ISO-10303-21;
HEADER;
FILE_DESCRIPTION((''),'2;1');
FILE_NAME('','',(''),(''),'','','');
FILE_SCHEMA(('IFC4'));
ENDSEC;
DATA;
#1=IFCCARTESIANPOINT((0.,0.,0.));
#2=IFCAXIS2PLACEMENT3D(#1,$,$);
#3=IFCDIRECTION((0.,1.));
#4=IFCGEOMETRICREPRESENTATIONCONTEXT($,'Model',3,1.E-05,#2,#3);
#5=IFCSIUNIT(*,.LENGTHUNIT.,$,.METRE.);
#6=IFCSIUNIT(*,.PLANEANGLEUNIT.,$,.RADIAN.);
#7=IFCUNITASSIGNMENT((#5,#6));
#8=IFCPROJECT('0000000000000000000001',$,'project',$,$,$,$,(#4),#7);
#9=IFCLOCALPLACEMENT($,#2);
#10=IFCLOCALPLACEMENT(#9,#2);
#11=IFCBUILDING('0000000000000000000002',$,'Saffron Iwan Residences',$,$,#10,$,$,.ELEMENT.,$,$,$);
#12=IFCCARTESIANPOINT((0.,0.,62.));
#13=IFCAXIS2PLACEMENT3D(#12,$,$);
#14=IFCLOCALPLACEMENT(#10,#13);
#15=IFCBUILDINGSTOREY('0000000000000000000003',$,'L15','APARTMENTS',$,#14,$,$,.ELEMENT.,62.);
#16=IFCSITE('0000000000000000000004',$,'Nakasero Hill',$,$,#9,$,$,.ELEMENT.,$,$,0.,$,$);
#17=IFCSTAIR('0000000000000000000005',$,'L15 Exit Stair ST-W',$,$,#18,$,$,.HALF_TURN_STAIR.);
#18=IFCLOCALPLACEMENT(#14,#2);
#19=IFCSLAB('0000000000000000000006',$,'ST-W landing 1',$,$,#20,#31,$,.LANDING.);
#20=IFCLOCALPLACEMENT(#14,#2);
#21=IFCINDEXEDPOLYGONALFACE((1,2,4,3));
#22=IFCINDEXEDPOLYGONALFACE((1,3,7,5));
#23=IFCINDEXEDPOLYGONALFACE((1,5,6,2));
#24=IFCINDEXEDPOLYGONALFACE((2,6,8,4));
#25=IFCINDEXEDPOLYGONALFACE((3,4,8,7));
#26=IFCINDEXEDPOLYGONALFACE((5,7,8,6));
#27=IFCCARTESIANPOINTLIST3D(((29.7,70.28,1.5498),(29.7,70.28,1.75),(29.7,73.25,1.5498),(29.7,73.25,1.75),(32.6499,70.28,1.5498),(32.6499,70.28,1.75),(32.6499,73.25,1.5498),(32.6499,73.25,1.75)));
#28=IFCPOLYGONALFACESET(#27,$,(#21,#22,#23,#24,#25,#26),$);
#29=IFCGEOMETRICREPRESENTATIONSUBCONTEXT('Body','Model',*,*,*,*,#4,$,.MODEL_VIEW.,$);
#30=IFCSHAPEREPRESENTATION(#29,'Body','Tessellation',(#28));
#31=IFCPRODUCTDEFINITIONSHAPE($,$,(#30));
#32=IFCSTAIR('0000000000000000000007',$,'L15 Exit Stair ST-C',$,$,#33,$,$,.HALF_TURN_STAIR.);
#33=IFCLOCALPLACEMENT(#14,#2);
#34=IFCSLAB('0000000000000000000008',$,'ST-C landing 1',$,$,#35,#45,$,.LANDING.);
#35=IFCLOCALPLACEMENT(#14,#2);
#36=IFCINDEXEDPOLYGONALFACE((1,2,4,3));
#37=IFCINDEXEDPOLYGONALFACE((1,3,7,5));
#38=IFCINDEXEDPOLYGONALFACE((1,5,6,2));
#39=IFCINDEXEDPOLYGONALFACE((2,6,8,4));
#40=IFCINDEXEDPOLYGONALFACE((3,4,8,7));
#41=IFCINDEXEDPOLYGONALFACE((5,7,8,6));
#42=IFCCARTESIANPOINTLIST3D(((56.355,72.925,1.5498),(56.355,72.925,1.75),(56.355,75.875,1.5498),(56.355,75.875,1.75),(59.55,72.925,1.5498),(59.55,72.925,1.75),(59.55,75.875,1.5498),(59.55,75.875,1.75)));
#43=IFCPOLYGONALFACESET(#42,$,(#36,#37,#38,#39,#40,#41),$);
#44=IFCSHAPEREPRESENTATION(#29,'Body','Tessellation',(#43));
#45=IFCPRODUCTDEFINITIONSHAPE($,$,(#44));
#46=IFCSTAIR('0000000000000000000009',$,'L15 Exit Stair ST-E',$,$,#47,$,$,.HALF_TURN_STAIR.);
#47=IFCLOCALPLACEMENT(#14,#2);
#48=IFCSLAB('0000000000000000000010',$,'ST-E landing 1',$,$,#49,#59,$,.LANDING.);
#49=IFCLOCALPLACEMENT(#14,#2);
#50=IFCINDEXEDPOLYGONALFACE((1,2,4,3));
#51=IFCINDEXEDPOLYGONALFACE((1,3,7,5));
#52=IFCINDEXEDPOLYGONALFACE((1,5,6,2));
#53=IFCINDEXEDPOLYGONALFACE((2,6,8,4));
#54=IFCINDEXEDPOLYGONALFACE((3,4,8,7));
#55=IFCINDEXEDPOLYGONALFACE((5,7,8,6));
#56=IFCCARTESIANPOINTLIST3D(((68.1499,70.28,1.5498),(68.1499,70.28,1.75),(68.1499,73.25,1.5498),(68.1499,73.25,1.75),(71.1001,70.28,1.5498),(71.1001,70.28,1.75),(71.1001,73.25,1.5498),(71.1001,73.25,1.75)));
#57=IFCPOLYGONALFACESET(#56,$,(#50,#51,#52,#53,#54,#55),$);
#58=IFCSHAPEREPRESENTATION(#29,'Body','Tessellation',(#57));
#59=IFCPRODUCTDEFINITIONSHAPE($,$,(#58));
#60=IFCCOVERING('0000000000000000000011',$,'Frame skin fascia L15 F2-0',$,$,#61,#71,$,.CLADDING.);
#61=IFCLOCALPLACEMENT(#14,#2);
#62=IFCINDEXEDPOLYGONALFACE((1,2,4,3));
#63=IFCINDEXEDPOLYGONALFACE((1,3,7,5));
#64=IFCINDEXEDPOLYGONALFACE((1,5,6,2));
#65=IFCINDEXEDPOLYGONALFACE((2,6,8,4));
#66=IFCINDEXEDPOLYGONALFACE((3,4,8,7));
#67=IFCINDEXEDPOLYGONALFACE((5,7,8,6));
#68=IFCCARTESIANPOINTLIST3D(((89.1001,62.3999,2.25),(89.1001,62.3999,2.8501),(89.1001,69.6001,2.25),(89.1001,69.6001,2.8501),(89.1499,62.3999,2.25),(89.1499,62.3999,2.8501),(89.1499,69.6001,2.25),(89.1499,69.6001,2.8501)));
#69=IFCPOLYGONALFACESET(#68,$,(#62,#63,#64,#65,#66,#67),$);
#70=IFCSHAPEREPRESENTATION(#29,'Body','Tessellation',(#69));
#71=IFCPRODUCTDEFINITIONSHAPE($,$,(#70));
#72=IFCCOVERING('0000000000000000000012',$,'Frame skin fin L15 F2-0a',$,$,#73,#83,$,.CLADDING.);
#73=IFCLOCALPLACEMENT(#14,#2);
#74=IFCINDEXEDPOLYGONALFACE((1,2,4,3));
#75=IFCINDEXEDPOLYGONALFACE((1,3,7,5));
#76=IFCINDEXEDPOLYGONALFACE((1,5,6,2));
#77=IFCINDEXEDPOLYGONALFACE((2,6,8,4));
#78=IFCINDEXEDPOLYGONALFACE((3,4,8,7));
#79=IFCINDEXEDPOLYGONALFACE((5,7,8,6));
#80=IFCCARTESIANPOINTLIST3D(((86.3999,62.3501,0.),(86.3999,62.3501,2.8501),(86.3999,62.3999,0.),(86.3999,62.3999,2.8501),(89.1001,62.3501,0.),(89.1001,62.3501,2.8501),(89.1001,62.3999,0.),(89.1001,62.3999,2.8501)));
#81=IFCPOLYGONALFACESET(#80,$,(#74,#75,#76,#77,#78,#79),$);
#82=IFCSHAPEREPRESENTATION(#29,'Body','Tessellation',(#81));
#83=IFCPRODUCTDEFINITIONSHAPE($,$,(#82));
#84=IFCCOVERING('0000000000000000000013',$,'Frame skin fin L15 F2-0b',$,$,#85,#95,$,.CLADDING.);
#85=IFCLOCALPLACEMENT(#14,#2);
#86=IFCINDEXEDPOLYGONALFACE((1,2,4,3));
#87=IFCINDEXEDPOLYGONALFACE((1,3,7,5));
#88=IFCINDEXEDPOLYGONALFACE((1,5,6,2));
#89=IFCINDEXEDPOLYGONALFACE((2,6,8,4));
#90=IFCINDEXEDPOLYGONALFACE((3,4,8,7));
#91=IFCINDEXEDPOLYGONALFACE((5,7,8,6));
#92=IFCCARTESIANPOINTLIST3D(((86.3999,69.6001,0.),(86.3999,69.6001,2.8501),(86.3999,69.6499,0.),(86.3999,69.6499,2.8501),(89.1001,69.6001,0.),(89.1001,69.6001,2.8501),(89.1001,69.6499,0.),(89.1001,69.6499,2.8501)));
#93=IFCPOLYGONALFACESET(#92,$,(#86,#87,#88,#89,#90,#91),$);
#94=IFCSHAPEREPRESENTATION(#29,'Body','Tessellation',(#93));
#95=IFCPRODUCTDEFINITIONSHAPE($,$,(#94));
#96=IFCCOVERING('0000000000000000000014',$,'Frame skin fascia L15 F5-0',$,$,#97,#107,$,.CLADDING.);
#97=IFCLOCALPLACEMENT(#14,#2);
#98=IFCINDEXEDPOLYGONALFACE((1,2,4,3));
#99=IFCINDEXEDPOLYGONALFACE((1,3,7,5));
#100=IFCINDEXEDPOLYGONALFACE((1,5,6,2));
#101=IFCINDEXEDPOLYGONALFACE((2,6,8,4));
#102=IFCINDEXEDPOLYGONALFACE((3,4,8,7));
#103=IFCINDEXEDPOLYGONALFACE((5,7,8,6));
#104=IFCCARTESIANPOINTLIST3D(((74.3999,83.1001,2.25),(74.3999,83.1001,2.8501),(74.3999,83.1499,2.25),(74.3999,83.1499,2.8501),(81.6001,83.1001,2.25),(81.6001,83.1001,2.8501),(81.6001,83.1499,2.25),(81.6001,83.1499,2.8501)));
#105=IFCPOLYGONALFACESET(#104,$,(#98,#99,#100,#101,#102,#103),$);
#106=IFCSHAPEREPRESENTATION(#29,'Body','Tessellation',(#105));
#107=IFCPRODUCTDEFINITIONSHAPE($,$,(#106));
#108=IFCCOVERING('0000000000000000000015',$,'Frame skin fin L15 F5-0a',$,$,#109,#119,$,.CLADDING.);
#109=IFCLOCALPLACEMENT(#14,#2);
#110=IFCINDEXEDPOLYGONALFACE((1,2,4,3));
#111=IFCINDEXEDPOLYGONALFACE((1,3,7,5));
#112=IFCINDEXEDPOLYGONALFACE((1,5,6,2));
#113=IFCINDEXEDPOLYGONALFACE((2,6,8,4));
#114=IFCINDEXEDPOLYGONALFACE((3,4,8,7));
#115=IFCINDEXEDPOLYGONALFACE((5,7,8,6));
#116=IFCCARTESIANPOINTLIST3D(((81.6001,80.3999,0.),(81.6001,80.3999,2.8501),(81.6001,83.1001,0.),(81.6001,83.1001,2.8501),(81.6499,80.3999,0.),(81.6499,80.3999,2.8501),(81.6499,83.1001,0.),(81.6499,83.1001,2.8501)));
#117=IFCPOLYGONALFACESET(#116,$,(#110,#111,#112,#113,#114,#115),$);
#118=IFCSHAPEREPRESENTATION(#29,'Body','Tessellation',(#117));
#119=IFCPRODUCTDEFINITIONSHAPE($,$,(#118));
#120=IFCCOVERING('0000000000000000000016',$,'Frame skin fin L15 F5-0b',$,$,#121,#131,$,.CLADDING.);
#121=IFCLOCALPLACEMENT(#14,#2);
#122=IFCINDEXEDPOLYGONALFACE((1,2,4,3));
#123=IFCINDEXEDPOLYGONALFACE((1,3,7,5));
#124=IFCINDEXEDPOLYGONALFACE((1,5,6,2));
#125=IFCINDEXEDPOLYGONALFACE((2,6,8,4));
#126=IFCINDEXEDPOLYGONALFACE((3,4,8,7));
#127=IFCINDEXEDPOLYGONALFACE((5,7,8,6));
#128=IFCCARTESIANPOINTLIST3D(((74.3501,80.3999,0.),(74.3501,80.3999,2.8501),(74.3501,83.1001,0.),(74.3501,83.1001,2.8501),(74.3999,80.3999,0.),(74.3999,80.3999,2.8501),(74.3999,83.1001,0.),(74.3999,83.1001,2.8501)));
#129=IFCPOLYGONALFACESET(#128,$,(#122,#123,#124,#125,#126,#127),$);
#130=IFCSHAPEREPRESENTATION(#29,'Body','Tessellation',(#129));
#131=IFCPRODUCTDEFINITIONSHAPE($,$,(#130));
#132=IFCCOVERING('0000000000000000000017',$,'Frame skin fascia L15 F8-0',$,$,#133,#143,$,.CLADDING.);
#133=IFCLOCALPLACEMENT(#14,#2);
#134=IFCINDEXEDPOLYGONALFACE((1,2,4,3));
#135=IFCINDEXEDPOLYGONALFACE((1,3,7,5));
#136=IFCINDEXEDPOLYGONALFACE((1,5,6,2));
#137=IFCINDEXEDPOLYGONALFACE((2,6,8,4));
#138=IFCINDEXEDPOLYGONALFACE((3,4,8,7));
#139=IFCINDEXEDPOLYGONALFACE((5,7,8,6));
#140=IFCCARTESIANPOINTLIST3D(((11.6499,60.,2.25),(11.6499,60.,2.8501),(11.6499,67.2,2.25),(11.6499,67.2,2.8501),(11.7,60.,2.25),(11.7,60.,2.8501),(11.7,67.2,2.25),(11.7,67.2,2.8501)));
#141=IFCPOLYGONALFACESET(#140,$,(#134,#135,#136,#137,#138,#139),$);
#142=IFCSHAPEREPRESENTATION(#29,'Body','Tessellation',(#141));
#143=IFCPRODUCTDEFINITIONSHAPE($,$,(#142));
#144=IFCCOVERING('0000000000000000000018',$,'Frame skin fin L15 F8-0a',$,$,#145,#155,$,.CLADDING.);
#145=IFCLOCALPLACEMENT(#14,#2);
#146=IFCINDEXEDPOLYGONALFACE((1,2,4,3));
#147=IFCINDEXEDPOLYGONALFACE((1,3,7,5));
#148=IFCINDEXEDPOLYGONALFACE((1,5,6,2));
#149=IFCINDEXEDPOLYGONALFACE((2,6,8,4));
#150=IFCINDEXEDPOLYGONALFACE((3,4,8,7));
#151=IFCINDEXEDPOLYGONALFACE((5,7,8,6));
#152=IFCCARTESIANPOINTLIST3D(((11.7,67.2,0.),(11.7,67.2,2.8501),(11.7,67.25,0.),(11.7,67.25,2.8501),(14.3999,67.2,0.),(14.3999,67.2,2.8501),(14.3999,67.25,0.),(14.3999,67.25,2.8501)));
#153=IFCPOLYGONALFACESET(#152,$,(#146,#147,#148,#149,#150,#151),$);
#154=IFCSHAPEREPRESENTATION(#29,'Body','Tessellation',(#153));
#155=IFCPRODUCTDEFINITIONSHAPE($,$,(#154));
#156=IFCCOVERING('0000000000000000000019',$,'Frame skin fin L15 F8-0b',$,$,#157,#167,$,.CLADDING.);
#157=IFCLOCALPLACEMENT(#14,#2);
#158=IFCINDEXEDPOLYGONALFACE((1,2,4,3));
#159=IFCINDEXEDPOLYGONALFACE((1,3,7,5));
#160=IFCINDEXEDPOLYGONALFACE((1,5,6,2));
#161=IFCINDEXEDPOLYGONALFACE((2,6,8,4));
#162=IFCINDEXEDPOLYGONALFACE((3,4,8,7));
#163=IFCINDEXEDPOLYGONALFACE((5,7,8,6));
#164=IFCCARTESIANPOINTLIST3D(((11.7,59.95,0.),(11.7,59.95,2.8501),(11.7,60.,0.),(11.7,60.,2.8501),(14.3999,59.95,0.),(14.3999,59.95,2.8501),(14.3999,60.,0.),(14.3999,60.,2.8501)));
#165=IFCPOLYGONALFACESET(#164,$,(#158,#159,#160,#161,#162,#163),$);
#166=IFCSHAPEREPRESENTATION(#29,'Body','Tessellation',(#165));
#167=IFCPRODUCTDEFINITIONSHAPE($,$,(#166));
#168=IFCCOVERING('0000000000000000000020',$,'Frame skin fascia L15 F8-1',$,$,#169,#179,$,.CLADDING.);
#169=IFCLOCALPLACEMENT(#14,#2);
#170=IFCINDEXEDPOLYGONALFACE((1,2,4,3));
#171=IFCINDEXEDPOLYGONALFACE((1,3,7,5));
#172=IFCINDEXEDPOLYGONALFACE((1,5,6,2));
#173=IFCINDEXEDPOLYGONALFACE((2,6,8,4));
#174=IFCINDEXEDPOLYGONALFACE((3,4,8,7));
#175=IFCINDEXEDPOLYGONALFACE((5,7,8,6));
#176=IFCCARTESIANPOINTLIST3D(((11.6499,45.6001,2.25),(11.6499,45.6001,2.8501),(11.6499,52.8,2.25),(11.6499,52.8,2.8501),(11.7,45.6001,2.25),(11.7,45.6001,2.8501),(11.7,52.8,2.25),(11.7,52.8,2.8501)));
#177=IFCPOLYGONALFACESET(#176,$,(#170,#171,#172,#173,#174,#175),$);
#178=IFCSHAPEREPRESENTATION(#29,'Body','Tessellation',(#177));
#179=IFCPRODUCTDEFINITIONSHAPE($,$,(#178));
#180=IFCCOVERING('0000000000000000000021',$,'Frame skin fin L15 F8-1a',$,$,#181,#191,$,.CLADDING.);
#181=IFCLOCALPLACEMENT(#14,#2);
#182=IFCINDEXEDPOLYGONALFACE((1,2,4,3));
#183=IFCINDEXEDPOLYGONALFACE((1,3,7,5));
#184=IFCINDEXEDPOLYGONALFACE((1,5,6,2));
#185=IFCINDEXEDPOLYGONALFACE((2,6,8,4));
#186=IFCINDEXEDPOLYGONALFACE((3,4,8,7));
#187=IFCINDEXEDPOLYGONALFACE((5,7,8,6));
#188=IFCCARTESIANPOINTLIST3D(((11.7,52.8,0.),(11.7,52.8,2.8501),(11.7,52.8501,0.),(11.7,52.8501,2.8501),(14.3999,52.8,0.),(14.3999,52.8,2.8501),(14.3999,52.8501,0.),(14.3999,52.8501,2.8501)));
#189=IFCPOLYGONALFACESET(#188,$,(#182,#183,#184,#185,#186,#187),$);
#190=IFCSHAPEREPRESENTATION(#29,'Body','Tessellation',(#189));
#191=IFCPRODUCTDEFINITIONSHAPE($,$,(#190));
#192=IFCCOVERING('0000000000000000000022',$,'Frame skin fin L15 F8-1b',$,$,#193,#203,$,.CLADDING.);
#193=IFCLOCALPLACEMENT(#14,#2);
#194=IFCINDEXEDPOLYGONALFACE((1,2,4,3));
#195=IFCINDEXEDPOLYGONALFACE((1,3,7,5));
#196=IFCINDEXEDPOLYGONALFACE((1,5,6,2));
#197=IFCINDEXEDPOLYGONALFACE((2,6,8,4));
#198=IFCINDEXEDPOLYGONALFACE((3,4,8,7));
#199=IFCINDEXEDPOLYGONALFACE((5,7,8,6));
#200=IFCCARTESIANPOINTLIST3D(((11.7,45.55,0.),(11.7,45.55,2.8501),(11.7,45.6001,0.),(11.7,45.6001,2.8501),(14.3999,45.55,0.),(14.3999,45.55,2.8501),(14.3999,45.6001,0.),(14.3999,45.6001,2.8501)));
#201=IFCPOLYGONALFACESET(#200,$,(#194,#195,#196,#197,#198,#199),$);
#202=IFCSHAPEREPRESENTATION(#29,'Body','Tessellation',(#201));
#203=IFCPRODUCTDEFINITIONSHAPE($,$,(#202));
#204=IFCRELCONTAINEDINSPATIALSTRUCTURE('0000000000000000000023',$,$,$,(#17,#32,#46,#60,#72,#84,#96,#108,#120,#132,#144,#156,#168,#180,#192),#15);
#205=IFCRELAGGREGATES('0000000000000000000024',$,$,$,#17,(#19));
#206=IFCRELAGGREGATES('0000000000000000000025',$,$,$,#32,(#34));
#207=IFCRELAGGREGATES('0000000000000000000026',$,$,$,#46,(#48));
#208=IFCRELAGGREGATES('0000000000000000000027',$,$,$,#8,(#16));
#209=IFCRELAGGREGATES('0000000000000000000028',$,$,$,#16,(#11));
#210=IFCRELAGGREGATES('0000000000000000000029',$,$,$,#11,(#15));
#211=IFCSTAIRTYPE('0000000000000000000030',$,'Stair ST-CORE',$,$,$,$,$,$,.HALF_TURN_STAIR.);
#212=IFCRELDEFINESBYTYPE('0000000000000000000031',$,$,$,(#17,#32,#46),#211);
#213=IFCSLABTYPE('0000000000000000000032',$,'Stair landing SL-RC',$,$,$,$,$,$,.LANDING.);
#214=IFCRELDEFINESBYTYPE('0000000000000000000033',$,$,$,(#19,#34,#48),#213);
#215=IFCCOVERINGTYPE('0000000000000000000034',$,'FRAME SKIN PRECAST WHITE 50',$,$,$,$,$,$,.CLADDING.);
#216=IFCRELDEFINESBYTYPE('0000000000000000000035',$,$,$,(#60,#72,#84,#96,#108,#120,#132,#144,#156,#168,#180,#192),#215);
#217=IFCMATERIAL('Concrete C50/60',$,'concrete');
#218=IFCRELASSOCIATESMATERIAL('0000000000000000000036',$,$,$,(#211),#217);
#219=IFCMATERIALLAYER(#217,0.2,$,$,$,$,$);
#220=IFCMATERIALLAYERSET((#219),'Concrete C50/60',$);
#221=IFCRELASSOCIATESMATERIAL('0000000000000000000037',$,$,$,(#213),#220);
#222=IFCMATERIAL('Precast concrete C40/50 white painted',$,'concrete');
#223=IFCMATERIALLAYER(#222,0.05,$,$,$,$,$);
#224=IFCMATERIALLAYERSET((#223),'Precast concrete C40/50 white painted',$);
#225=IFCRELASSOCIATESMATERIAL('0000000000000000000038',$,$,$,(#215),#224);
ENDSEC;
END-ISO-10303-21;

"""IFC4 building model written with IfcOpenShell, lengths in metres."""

from ifc_helpers import new_model, si_unit, direction, frame, origin, place, context, subcontext, project, spatial, polyline, outline, extrude, material, layer, layer_set, type_object, element, aggregate, save


model = new_model("IFC4")

# Units and contexts
model_context = context("Model", 3, precision=1e-05, world=origin(), true_north=direction((0.0, 1.0)))
body_context = subcontext(model_context, "Body", "Model", "MODEL_VIEW")
ifc_project = project(units=[si_unit("LENGTHUNIT", "METRE"), si_unit("PLANEANGLEUNIT", "RADIAN")], contexts=[model_context])

# Site, building, storey
site_placement = place(None, origin())
site = spatial("IfcSite", under=ifc_project, at=site_placement, Name="Nakasero Hill", CompositionType="ELEMENT", RefElevation=0.0)
building_placement = place(site_placement, origin())
building = spatial("IfcBuilding", under=site, at=building_placement, Name="Saffron Iwan Residences", CompositionType="ELEMENT")
storey_placement = place(building_placement, frame((0.0, 0.0, 62.0)))
storey = spatial("IfcBuildingStorey", under=building, at=storey_placement, Name="L15", Description="APARTMENTS", CompositionType="ELEMENT", Elevation=62.0)

# Stairs, slabs
ifc_material_1 = material(Name="Concrete C50/60", Category="concrete")
stair_type = type_object("IfcStairType", Name="Stair ST-CORE", PredefinedType="HALF_TURN_STAIR", material=ifc_material_1)
stair_1_placement = place(storey_placement, origin())
stair_1 = element("IfcStair", 1, at=stair_1_placement, inside=storey, type_object=stair_type, Name="L15 Exit Stair ST-W", PredefinedType="HALF_TURN_STAIR")
ifc_layer_1 = layer(ifc_material_1, 0.2)
ifc_layer_set_1 = layer_set([ifc_layer_1], Name="Concrete C50/60")
slab_type = type_object("IfcSlabType", Name="Stair landing SL-RC", PredefinedType="LANDING", material=ifc_layer_set_1)
slab_1_placement = place(storey_placement, frame((0.0, 0.0, 1.5498)))
slab_1 = element("IfcSlab", 2, at=slab_1_placement, type_object=slab_type, Name="ST-W landing 1", PredefinedType="LANDING", context=body_context, shape_type="SweptSolid", body=[
    extrude(outline(polyline([(32.6499, 70.28), (32.6499, 73.25), (29.7, 73.25), (29.7, 70.28), (32.6499, 70.28)])), origin(), (0.0, 0.0, 1.0), 0.2002),
])
aggregate(stair_1, [slab_1])
stair_2_placement = place(storey_placement, origin())
stair_2 = element("IfcStair", 3, at=stair_2_placement, inside=storey, type_object=stair_type, Name="L15 Exit Stair ST-C", PredefinedType="HALF_TURN_STAIR")
slab_2_placement = place(storey_placement, frame((0.0, 0.0, 1.5498)))
slab_2 = element("IfcSlab", 4, at=slab_2_placement, type_object=slab_type, Name="ST-C landing 1", PredefinedType="LANDING", context=body_context, shape_type="SweptSolid", body=[
    extrude(outline(polyline([(56.355, 72.925), (59.55, 72.925), (59.55, 75.875), (56.355, 75.875), (56.355, 72.925)])), origin(), (0.0, 0.0, 1.0), 0.2002),
])
aggregate(stair_2, [slab_2])
stair_3_placement = place(storey_placement, origin())
stair_3 = element("IfcStair", 5, at=stair_3_placement, inside=storey, type_object=stair_type, Name="L15 Exit Stair ST-E", PredefinedType="HALF_TURN_STAIR")
slab_3_placement = place(storey_placement, frame((0.0, 0.0, 1.5498)))
slab_3 = element("IfcSlab", 6, at=slab_3_placement, type_object=slab_type, Name="ST-E landing 1", PredefinedType="LANDING", context=body_context, shape_type="SweptSolid", body=[
    extrude(outline(polyline([(71.1001, 70.28), (71.1001, 73.25), (68.1499, 73.25), (68.1499, 70.28), (71.1001, 70.28)])), origin(), (0.0, 0.0, 1.0), 0.2002),
])
aggregate(stair_3, [slab_3])

# Coverings
ifc_material_2 = material(Name="Precast concrete C40/50 white painted", Category="concrete")
ifc_layer_2 = layer(ifc_material_2, 0.05)
ifc_layer_set_2 = layer_set([ifc_layer_2], Name="Precast concrete C40/50 white painted")
covering_type = type_object("IfcCoveringType", Name="FRAME SKIN PRECAST WHITE 50", PredefinedType="CLADDING", material=ifc_layer_set_2)
covering_1_placement = place(storey_placement, frame((0.0, 0.0, 2.25)))
element("IfcCovering", 7, at=covering_1_placement, inside=storey, type_object=covering_type, Name="Frame skin fascia L15 F2-0", PredefinedType="CLADDING", context=body_context, shape_type="SweptSolid", body=[
    extrude(outline(polyline([(89.1499, 62.3999), (89.1499, 69.6001), (89.1001, 69.6001), (89.1001, 62.3999), (89.1499, 62.3999)])), origin(), (0.0, 0.0, 1.0), 0.6001),
])
covering_2_placement = place(storey_placement, origin())
element("IfcCovering", 8, at=covering_2_placement, inside=storey, type_object=covering_type, Name="Frame skin fin L15 F2-0a", PredefinedType="CLADDING", context=body_context, shape_type="SweptSolid", body=[
    extrude(outline(polyline([(89.1001, 62.3501), (89.1001, 62.3999), (86.3999, 62.3999), (86.3999, 62.3501), (89.1001, 62.3501)])), origin(), (0.0, 0.0, 1.0), 2.8501),
])
covering_3_placement = place(storey_placement, origin())
element("IfcCovering", 9, at=covering_3_placement, inside=storey, type_object=covering_type, Name="Frame skin fin L15 F2-0b", PredefinedType="CLADDING", context=body_context, shape_type="SweptSolid", body=[
    extrude(outline(polyline([(89.1001, 69.6001), (89.1001, 69.6499), (86.3999, 69.6499), (86.3999, 69.6001), (89.1001, 69.6001)])), origin(), (0.0, 0.0, 1.0), 2.8501),
])
covering_4_placement = place(storey_placement, frame((0.0, 0.0, 2.25)))
element("IfcCovering", 10, at=covering_4_placement, inside=storey, type_object=covering_type, Name="Frame skin fascia L15 F5-0", PredefinedType="CLADDING", context=body_context, shape_type="SweptSolid", body=[
    extrude(outline(polyline([(81.6001, 83.1499), (74.3999, 83.1499), (74.3999, 83.1001), (81.6001, 83.1001), (81.6001, 83.1499)])), origin(), (0.0, 0.0, 1.0), 0.6001),
])
covering_5_placement = place(storey_placement, origin())
element("IfcCovering", 11, at=covering_5_placement, inside=storey, type_object=covering_type, Name="Frame skin fin L15 F5-0a", PredefinedType="CLADDING", context=body_context, shape_type="SweptSolid", body=[
    extrude(outline(polyline([(81.6499, 83.1001), (81.6001, 83.1001), (81.6001, 80.3999), (81.6499, 80.3999), (81.6499, 83.1001)])), origin(), (0.0, 0.0, 1.0), 2.8501),
])
covering_6_placement = place(storey_placement, origin())
element("IfcCovering", 12, at=covering_6_placement, inside=storey, type_object=covering_type, Name="Frame skin fin L15 F5-0b", PredefinedType="CLADDING", context=body_context, shape_type="SweptSolid", body=[
    extrude(outline(polyline([(74.3999, 83.1001), (74.3501, 83.1001), (74.3501, 80.3999), (74.3999, 80.3999), (74.3999, 83.1001)])), origin(), (0.0, 0.0, 1.0), 2.8501),
])
covering_7_placement = place(storey_placement, frame((0.0, 0.0, 2.25)))
element("IfcCovering", 13, at=covering_7_placement, inside=storey, type_object=covering_type, Name="Frame skin fascia L15 F8-0", PredefinedType="CLADDING", context=body_context, shape_type="SweptSolid", body=[
    extrude(outline(polyline([(11.6499, 67.2), (11.6499, 60.0), (11.7, 60.0), (11.7, 67.2), (11.6499, 67.2)])), origin(), (0.0, 0.0, 1.0), 0.6001),
])
covering_8_placement = place(storey_placement, origin())
element("IfcCovering", 14, at=covering_8_placement, inside=storey, type_object=covering_type, Name="Frame skin fin L15 F8-0a", PredefinedType="CLADDING", context=body_context, shape_type="SweptSolid", body=[
    extrude(outline(polyline([(11.7, 67.25), (11.7, 67.2), (14.3999, 67.2), (14.3999, 67.25), (11.7, 67.25)])), origin(), (0.0, 0.0, 1.0), 2.8501),
])
covering_9_placement = place(storey_placement, origin())
element("IfcCovering", 15, at=covering_9_placement, inside=storey, type_object=covering_type, Name="Frame skin fin L15 F8-0b", PredefinedType="CLADDING", context=body_context, shape_type="SweptSolid", body=[
    extrude(outline(polyline([(11.7, 60.0), (11.7, 59.95), (14.3999, 59.95), (14.3999, 60.0), (11.7, 60.0)])), origin(), (0.0, 0.0, 1.0), 2.8501),
])
covering_10_placement = place(storey_placement, frame((0.0, 0.0, 2.25)))
element("IfcCovering", 16, at=covering_10_placement, inside=storey, type_object=covering_type, Name="Frame skin fascia L15 F8-1", PredefinedType="CLADDING", context=body_context, shape_type="SweptSolid", body=[
    extrude(outline(polyline([(11.6499, 52.8), (11.6499, 45.6001), (11.7, 45.6001), (11.7, 52.8), (11.6499, 52.8)])), origin(), (0.0, 0.0, 1.0), 0.6001),
])
covering_11_placement = place(storey_placement, origin())
element("IfcCovering", 17, at=covering_11_placement, inside=storey, type_object=covering_type, Name="Frame skin fin L15 F8-1a", PredefinedType="CLADDING", context=body_context, shape_type="SweptSolid", body=[
    extrude(outline(polyline([(11.7, 52.8501), (11.7, 52.8), (14.3999, 52.8), (14.3999, 52.8501), (11.7, 52.8501)])), origin(), (0.0, 0.0, 1.0), 2.8501),
])
covering_12_placement = place(storey_placement, origin())
element("IfcCovering", 18, at=covering_12_placement, inside=storey, type_object=covering_type, Name="Frame skin fin L15 F8-1b", PredefinedType="CLADDING", context=body_context, shape_type="SweptSolid", body=[
    extrude(outline(polyline([(11.7, 45.6001), (11.7, 45.55), (14.3999, 45.55), (14.3999, 45.6001), (11.7, 45.6001)])), origin(), (0.0, 0.0, 1.0), 2.8501),
])

save(model, "model.ifc")
